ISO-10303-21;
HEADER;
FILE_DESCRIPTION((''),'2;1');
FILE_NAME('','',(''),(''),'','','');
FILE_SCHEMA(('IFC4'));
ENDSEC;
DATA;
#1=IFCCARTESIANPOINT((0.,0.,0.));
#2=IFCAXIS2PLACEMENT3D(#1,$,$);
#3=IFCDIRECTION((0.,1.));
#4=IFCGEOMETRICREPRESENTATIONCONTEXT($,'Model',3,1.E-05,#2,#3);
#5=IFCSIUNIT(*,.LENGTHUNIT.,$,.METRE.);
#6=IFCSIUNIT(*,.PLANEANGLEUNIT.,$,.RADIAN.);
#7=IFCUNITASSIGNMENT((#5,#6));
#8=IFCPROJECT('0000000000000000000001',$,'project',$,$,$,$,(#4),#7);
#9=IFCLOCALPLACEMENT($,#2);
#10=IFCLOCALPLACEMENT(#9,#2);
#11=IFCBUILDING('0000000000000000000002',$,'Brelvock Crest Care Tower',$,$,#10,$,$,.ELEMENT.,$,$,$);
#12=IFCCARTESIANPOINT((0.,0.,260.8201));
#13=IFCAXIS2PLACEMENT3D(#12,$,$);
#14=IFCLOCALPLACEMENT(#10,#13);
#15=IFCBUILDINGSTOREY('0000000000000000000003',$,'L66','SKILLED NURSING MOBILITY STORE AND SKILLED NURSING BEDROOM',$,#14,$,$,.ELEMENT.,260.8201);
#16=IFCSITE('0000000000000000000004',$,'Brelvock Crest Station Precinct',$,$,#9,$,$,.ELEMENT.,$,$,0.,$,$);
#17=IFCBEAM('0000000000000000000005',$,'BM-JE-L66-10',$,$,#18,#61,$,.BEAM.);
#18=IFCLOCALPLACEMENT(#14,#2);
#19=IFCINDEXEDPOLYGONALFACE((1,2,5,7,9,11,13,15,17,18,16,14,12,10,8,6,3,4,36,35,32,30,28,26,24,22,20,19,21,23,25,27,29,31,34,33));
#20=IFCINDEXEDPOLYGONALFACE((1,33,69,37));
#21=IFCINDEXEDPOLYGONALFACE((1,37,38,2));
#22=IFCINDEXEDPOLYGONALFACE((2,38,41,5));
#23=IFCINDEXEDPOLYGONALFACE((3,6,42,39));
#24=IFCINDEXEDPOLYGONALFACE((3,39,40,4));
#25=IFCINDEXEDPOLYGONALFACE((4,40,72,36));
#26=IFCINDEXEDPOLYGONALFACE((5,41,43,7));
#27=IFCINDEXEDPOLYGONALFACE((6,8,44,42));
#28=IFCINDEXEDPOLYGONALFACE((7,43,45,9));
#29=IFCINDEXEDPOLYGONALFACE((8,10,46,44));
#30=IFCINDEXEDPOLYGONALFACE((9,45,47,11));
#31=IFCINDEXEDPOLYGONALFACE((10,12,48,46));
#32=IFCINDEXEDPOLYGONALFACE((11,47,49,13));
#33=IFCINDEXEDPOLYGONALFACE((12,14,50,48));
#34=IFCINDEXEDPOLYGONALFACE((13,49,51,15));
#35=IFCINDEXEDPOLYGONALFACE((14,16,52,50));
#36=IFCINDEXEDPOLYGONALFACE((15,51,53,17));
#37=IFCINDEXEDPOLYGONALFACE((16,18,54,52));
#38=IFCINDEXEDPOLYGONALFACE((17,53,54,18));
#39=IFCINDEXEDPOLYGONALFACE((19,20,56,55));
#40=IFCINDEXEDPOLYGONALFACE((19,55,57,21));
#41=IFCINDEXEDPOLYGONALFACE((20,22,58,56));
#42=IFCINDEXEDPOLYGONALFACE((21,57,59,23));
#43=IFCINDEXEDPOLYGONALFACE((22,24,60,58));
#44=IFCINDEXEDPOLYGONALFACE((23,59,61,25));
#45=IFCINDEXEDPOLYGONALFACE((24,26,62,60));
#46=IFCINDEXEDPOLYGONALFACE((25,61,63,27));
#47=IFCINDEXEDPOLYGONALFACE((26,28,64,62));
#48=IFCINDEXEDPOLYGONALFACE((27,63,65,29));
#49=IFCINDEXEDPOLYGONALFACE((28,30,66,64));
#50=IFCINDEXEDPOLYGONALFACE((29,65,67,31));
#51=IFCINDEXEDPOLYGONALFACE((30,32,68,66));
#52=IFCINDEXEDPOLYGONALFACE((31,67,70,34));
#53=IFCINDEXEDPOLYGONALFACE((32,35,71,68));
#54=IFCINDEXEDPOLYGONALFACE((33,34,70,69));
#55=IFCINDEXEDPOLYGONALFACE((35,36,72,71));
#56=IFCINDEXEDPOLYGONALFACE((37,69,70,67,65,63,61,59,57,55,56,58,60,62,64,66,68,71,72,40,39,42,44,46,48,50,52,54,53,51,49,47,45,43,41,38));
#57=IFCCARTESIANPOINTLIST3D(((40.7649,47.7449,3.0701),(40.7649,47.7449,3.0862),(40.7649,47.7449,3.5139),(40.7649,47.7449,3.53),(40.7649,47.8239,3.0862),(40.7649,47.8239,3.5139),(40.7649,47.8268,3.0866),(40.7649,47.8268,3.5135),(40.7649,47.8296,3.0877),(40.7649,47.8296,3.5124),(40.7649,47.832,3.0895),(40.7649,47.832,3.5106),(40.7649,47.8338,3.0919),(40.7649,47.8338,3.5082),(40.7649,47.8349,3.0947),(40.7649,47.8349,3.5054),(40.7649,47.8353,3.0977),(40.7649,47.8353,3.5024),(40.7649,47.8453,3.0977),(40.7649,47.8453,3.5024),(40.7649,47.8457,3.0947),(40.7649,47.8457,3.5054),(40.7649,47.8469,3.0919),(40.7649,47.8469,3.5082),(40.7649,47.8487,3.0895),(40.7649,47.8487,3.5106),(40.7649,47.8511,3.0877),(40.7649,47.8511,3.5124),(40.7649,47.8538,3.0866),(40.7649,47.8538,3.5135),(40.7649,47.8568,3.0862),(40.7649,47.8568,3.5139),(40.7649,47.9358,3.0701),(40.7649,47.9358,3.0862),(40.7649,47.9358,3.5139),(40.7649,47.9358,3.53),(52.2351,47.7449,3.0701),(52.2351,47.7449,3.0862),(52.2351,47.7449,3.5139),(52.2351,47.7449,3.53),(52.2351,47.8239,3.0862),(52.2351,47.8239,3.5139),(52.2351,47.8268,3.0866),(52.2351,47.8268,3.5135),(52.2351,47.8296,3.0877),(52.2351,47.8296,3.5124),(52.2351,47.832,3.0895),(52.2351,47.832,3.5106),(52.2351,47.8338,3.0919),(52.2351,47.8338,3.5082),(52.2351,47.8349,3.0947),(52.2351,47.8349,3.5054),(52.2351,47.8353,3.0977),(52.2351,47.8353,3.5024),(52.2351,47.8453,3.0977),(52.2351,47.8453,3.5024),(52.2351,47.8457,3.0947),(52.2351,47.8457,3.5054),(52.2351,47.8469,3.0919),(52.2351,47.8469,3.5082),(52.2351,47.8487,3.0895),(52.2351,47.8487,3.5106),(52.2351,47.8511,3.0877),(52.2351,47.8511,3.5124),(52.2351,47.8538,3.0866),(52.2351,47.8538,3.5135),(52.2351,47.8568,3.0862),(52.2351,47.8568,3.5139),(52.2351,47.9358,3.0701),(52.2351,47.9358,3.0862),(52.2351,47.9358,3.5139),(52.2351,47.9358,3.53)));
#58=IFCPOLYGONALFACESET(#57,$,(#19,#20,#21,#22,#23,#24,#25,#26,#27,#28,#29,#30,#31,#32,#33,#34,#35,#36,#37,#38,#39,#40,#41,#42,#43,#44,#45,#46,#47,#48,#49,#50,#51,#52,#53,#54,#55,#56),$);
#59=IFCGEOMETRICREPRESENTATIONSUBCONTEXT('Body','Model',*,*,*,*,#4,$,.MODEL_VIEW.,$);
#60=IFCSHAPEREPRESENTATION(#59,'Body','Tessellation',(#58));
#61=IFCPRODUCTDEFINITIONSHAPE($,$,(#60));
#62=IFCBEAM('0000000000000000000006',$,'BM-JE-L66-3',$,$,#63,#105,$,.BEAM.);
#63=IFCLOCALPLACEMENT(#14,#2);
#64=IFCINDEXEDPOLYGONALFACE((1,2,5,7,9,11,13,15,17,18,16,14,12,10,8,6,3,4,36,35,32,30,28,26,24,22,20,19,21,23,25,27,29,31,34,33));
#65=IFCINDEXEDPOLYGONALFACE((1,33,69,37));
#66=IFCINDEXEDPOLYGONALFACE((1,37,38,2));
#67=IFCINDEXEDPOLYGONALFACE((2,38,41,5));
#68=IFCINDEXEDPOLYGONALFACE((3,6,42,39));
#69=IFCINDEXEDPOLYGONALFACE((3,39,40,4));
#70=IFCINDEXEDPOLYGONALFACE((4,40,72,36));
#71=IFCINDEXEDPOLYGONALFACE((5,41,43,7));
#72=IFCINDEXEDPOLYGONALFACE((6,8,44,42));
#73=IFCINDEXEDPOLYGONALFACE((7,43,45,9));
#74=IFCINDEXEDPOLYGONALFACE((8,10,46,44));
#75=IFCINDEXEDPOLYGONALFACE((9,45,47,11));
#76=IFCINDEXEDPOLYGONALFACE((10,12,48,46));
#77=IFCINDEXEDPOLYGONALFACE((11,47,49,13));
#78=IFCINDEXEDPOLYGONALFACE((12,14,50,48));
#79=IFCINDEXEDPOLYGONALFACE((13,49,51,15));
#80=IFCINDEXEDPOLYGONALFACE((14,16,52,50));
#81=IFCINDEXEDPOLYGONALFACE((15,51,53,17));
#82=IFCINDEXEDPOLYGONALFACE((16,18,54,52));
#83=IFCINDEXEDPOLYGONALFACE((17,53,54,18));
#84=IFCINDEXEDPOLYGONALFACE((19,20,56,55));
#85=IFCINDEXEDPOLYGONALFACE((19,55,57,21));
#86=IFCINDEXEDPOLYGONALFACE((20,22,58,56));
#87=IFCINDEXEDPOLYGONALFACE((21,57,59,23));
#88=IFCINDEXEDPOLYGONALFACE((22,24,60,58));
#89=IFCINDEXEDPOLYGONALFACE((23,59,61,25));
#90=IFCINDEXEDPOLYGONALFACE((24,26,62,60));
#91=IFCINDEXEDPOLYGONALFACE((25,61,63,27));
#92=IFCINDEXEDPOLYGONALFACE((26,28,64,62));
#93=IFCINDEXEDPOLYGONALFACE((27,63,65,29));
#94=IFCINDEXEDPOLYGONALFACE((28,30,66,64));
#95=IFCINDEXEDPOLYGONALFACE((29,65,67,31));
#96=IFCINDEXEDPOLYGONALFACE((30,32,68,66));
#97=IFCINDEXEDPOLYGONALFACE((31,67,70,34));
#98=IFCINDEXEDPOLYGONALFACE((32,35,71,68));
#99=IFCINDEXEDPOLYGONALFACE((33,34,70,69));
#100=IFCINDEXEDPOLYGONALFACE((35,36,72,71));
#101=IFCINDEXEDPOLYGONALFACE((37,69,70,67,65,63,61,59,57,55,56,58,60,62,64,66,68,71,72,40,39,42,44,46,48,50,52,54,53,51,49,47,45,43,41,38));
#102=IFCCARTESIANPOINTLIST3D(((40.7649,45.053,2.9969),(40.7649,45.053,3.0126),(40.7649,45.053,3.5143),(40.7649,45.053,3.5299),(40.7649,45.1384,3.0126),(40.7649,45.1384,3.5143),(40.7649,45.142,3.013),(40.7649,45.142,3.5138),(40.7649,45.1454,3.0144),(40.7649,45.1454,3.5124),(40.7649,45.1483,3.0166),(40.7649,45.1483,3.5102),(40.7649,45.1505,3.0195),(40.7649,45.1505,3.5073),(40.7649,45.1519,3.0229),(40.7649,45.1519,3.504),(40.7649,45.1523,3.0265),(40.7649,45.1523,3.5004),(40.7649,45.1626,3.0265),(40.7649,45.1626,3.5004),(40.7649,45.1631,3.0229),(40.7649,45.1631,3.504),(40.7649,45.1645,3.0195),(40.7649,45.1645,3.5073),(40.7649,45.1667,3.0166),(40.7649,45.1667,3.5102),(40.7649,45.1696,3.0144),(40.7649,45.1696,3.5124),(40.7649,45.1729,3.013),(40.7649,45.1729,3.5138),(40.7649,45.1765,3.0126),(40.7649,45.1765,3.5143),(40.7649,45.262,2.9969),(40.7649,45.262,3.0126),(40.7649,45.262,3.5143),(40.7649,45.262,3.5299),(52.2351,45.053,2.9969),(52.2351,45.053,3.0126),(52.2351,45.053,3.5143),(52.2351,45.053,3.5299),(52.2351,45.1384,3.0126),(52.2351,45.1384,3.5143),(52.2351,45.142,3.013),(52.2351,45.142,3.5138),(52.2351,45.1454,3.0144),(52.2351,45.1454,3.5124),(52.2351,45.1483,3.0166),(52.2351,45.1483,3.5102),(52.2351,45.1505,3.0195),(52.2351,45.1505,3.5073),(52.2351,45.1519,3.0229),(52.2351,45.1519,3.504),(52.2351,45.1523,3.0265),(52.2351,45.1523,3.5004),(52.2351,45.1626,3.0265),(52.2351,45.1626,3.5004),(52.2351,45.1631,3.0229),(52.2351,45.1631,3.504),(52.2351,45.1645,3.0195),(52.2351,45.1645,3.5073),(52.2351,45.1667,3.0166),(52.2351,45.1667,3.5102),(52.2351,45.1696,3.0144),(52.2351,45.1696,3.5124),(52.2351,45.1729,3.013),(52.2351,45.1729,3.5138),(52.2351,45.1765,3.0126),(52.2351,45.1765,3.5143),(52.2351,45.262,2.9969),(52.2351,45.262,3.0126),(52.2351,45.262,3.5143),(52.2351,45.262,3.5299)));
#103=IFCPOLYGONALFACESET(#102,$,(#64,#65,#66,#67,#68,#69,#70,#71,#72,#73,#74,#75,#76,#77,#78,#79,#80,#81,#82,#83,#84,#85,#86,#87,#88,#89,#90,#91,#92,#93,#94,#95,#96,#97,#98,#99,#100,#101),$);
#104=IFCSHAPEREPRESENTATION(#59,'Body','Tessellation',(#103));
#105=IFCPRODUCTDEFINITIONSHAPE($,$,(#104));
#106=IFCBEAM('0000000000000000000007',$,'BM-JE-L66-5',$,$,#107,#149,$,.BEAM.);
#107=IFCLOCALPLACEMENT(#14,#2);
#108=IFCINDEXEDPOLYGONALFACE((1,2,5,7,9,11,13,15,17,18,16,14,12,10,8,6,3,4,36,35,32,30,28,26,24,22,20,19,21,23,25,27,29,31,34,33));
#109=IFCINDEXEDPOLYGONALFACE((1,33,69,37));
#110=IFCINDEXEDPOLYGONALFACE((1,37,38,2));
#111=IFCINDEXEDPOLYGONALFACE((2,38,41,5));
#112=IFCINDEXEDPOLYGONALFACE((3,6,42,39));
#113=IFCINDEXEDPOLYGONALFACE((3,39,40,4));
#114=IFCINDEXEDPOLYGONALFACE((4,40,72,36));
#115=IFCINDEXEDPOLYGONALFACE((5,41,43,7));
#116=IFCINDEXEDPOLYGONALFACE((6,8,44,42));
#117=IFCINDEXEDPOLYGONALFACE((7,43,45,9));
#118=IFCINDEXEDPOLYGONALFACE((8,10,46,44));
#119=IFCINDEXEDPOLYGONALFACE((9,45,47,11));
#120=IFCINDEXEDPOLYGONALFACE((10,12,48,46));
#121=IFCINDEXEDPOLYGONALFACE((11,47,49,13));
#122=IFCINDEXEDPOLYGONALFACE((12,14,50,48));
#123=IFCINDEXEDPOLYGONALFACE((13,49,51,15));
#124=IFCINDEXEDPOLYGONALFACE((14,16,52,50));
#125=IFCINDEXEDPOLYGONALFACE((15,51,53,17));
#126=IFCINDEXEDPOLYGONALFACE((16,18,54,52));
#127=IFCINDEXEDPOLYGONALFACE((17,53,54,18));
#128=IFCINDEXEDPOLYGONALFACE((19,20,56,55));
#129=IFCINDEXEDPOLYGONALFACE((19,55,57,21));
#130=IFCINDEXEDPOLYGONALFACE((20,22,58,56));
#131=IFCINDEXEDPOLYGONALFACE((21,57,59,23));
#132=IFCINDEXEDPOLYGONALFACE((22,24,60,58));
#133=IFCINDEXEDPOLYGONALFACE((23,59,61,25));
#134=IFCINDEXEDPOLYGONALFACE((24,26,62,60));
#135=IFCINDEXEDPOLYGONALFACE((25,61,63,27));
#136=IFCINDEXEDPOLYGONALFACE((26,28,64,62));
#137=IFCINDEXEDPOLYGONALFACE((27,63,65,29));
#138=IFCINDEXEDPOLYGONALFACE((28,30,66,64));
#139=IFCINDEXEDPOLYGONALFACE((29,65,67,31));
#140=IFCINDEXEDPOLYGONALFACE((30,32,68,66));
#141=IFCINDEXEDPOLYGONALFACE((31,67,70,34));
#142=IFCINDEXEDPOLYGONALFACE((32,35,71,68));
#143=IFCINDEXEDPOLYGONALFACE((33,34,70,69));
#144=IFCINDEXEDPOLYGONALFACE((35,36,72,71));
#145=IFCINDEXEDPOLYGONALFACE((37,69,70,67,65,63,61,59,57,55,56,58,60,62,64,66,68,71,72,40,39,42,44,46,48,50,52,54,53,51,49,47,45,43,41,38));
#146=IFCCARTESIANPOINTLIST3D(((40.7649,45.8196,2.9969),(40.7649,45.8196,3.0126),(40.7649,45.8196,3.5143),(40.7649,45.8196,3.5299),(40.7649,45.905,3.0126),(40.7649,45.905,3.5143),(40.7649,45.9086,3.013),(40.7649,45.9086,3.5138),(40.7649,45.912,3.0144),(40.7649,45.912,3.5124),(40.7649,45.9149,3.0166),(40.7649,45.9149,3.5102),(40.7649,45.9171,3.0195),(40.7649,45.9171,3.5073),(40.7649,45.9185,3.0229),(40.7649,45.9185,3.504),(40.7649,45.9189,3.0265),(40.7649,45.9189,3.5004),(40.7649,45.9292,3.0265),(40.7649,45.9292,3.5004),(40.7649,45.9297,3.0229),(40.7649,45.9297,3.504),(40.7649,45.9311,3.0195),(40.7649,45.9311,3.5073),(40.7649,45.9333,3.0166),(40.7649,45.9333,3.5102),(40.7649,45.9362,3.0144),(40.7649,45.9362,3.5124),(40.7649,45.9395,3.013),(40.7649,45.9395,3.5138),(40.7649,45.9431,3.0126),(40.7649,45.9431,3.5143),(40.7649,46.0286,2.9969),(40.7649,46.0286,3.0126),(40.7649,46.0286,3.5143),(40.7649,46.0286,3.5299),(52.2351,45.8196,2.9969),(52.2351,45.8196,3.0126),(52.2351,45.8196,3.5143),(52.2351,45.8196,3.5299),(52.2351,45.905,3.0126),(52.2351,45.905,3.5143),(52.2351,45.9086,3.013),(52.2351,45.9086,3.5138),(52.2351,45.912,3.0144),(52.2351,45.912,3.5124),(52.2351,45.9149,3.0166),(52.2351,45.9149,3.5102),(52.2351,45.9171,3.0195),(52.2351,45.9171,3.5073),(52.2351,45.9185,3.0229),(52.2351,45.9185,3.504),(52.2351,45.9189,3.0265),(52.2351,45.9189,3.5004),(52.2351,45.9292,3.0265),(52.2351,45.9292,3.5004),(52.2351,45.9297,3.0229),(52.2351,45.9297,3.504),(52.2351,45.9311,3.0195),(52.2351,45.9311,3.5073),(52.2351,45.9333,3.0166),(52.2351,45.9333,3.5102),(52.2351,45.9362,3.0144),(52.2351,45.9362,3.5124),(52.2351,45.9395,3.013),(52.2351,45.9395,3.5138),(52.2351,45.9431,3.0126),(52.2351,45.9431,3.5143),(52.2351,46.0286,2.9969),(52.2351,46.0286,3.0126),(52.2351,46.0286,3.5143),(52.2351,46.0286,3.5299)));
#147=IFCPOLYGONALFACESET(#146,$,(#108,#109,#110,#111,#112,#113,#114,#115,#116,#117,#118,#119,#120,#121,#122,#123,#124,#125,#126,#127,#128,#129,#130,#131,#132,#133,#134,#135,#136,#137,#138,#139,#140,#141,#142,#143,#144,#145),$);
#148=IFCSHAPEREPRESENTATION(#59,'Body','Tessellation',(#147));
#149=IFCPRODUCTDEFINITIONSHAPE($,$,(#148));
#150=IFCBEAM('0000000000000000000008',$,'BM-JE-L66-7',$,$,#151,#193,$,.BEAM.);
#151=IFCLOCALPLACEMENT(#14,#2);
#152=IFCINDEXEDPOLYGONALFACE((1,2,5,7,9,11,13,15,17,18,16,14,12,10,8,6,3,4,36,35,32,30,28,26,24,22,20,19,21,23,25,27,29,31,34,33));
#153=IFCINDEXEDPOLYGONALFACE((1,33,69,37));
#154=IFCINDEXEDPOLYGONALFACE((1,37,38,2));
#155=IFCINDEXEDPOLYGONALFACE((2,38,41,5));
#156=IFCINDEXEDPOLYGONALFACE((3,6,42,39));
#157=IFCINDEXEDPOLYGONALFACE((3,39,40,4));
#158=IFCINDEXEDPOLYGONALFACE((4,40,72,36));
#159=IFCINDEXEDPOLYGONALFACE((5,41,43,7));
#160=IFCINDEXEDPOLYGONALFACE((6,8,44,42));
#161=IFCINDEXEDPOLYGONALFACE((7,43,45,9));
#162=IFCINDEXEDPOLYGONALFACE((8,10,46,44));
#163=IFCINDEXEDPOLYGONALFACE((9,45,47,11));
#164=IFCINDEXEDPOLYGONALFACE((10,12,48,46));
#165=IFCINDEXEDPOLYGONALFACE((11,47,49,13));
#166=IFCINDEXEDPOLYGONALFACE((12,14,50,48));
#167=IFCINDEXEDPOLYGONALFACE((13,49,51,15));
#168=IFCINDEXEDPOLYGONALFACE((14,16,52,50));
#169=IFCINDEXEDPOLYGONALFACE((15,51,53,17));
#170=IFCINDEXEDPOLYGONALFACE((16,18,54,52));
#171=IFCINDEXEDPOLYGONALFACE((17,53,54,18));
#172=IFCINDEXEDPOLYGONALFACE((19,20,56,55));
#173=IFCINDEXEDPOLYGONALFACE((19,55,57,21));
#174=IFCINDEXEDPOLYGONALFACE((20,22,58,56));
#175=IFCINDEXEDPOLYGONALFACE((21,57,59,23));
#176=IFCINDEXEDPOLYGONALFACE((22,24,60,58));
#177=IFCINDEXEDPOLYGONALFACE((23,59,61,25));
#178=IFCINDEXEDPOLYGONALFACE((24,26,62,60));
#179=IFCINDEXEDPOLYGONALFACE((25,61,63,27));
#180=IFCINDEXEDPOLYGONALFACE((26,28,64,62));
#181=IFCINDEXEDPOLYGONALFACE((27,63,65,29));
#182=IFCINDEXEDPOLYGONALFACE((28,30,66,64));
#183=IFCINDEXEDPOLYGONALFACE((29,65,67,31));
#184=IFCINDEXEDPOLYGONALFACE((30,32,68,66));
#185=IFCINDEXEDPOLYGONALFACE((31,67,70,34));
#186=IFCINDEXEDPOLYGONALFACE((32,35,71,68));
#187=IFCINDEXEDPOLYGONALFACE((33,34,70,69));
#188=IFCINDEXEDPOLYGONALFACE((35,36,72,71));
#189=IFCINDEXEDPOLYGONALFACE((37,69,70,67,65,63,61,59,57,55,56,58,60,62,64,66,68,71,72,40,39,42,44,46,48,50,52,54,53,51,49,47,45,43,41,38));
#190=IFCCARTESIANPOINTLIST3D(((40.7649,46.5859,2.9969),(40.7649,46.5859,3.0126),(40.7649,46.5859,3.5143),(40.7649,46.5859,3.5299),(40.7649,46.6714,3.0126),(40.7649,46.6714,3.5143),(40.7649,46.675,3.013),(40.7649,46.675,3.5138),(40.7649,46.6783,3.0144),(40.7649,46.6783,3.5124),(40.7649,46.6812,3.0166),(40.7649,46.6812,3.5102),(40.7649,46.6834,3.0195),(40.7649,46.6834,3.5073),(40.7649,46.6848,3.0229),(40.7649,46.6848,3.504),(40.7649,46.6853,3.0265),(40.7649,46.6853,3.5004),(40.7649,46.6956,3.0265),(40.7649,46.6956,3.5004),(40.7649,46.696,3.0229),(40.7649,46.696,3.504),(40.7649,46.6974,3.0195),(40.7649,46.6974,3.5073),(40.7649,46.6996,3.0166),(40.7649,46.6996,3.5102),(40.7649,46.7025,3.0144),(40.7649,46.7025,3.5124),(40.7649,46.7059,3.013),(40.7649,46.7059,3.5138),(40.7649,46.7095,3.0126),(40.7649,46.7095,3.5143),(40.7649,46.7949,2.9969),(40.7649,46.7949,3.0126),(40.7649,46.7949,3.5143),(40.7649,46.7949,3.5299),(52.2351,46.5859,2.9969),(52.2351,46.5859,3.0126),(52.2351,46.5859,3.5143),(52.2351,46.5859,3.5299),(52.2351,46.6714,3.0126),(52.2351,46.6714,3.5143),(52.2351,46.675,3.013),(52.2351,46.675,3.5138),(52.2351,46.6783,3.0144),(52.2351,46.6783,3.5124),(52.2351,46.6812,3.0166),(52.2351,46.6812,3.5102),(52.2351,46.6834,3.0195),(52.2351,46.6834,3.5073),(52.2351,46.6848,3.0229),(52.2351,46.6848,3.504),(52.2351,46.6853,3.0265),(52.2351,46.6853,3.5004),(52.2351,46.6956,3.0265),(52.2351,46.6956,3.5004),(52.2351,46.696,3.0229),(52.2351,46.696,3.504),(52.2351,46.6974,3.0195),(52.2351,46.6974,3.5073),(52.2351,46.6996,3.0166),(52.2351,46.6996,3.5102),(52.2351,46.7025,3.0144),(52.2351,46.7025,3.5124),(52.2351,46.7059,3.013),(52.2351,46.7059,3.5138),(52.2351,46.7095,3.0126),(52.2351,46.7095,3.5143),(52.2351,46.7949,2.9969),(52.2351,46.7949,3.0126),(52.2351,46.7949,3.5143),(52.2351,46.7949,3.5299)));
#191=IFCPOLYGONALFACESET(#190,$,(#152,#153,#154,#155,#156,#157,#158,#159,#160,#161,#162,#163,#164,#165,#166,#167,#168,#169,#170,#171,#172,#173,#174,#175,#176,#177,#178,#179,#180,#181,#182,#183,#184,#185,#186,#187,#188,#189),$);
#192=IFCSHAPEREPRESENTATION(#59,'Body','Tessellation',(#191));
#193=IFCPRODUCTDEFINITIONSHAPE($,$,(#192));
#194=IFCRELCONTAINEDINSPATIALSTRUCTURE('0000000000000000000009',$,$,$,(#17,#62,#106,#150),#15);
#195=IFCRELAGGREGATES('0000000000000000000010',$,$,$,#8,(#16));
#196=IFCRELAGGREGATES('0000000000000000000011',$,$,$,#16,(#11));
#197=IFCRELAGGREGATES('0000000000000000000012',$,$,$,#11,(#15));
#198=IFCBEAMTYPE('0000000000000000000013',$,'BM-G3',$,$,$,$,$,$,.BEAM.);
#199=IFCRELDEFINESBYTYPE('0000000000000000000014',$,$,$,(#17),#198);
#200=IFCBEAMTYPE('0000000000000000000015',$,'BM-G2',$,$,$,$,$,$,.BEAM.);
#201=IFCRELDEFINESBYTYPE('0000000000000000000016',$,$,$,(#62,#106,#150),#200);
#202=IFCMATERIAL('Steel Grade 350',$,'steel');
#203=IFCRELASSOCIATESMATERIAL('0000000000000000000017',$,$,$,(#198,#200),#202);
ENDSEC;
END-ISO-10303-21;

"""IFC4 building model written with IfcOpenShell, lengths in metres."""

from ifc_helpers import new_model, si_unit, direction, frame, origin, origin_2d, place, context, subcontext, project, spatial, i_section, extrude, source, transform, mapped, material, material_profile, profile_set, type_object, element, save


model = new_model("IFC4")

# Units and contexts
model_context = context("Model", 3, precision=1e-05, world=origin(), true_north=direction((0.0, 1.0)))
body_context = subcontext(model_context, "Body", "Model", "MODEL_VIEW")
ifc_project = project(units=[si_unit("LENGTHUNIT", "METRE"), si_unit("PLANEANGLEUNIT", "RADIAN")], contexts=[model_context])

# Site, building, storey
site_placement = place(None, origin())
site = spatial("IfcSite", under=ifc_project, at=site_placement, Name="Brelvock Crest Station Precinct", CompositionType="ELEMENT", RefElevation=0.0)
building_placement = place(site_placement, origin())
building = spatial("IfcBuilding", under=site, at=building_placement, Name="Brelvock Crest Care Tower", CompositionType="ELEMENT")
storey_placement = place(building_placement, frame((0.0, 0.0, 260.8201)))
storey = spatial("IfcBuildingStorey", under=building, at=storey_placement, Name="L66", Description="SKILLED NURSING MOBILITY STORE AND SKILLED NURSING BEDROOM", CompositionType="ELEMENT", Elevation=260.8201)

# Beams
ifc_material_1 = material(Name="Steel Grade 350", Category="steel")
ifc_material_profile_1 = material_profile(ifc_material_1, i_section(OverallWidth=0.1909, OverallDepth=0.46, WebThickness=0.01, FlangeThickness=0.0161, FilletRadius=0.0115, at=origin_2d()), Name="460UB82.1")
ifc_profile_set_1 = profile_set([ifc_material_profile_1], Name="Steel Grade 350")
beam_type_1 = type_object("IfcBeamType", Name="BM-G3", PredefinedType="BEAM", material=ifc_profile_set_1)
shared_shape_1 = source(origin(), body_context, "Body", "SweptSolid", [
    extrude(i_section(OverallWidth=0.1909, OverallDepth=0.46, WebThickness=0.01, FlangeThickness=0.0161, FilletRadius=0.0115, at=origin_2d()), origin(), (0.0, 0.0, 1.0), 11.4702),
])
for number, where, z_axis, x_axis, name in (
    (1, (40.7649, 47.8403, 3.3), (1.0, 0.0, 0.0), (0.0, 1.0, 0.0), "BM-JE-L66-10"),
):
    element("IfcBeam", number, at=place(storey_placement, frame(where, z_axis=z_axis, x_axis=x_axis)), inside=storey, type_object=beam_type_1, Name=name, PredefinedType="BEAM", context=body_context, shape_type="MappedRepresentation", body=[
        mapped(shared_shape_1, transform((0.0, 0.0, 0.0), x_axis=(1.0, 0.0, 0.0), y_axis=(0.0, 1.0, 0.0), z_axis=(0.0, 0.0, 1.0), scale=1.0)),
    ])
ifc_material_profile_2 = material_profile(ifc_material_1, i_section(OverallWidth=0.209, OverallDepth=0.533, WebThickness=0.0103, FlangeThickness=0.0156, FilletRadius=0.0139, at=origin_2d()), Name="530UB92.4")
ifc_profile_set_2 = profile_set([ifc_material_profile_2], Name="Steel Grade 350")
beam_type_2 = type_object("IfcBeamType", Name="BM-G2", PredefinedType="BEAM", material=ifc_profile_set_2)
shared_shape_2 = source(origin(), body_context, "Body", "SweptSolid", [
    extrude(i_section(OverallWidth=0.209, OverallDepth=0.533, WebThickness=0.0103, FlangeThickness=0.0156, FilletRadius=0.0139, at=origin_2d()), origin(), (0.0, 0.0, 1.0), 11.4702),
])
for number, where, z_axis, x_axis, name in (
    (2, (40.7649, 45.1575, 3.2634), (1.0, 0.0, 0.0), (0.0, 1.0, 0.0), "BM-JE-L66-3"),
    (3, (40.7649, 45.9241, 3.2634), (1.0, 0.0, 0.0), (0.0, 1.0, 0.0), "BM-JE-L66-5"),
    (4, (40.7649, 46.6904, 3.2634), (1.0, 0.0, 0.0), (0.0, 1.0, 0.0), "BM-JE-L66-7"),
):
    element("IfcBeam", number, at=place(storey_placement, frame(where, z_axis=z_axis, x_axis=x_axis)), inside=storey, type_object=beam_type_2, Name=name, PredefinedType="BEAM", context=body_context, shape_type="MappedRepresentation", body=[
        mapped(shared_shape_2, transform((0.0, 0.0, 0.0), x_axis=(1.0, 0.0, 0.0), y_axis=(0.0, 1.0, 0.0), z_axis=(0.0, 0.0, 1.0), scale=1.0)),
    ])

save(model, "model.ifc")
